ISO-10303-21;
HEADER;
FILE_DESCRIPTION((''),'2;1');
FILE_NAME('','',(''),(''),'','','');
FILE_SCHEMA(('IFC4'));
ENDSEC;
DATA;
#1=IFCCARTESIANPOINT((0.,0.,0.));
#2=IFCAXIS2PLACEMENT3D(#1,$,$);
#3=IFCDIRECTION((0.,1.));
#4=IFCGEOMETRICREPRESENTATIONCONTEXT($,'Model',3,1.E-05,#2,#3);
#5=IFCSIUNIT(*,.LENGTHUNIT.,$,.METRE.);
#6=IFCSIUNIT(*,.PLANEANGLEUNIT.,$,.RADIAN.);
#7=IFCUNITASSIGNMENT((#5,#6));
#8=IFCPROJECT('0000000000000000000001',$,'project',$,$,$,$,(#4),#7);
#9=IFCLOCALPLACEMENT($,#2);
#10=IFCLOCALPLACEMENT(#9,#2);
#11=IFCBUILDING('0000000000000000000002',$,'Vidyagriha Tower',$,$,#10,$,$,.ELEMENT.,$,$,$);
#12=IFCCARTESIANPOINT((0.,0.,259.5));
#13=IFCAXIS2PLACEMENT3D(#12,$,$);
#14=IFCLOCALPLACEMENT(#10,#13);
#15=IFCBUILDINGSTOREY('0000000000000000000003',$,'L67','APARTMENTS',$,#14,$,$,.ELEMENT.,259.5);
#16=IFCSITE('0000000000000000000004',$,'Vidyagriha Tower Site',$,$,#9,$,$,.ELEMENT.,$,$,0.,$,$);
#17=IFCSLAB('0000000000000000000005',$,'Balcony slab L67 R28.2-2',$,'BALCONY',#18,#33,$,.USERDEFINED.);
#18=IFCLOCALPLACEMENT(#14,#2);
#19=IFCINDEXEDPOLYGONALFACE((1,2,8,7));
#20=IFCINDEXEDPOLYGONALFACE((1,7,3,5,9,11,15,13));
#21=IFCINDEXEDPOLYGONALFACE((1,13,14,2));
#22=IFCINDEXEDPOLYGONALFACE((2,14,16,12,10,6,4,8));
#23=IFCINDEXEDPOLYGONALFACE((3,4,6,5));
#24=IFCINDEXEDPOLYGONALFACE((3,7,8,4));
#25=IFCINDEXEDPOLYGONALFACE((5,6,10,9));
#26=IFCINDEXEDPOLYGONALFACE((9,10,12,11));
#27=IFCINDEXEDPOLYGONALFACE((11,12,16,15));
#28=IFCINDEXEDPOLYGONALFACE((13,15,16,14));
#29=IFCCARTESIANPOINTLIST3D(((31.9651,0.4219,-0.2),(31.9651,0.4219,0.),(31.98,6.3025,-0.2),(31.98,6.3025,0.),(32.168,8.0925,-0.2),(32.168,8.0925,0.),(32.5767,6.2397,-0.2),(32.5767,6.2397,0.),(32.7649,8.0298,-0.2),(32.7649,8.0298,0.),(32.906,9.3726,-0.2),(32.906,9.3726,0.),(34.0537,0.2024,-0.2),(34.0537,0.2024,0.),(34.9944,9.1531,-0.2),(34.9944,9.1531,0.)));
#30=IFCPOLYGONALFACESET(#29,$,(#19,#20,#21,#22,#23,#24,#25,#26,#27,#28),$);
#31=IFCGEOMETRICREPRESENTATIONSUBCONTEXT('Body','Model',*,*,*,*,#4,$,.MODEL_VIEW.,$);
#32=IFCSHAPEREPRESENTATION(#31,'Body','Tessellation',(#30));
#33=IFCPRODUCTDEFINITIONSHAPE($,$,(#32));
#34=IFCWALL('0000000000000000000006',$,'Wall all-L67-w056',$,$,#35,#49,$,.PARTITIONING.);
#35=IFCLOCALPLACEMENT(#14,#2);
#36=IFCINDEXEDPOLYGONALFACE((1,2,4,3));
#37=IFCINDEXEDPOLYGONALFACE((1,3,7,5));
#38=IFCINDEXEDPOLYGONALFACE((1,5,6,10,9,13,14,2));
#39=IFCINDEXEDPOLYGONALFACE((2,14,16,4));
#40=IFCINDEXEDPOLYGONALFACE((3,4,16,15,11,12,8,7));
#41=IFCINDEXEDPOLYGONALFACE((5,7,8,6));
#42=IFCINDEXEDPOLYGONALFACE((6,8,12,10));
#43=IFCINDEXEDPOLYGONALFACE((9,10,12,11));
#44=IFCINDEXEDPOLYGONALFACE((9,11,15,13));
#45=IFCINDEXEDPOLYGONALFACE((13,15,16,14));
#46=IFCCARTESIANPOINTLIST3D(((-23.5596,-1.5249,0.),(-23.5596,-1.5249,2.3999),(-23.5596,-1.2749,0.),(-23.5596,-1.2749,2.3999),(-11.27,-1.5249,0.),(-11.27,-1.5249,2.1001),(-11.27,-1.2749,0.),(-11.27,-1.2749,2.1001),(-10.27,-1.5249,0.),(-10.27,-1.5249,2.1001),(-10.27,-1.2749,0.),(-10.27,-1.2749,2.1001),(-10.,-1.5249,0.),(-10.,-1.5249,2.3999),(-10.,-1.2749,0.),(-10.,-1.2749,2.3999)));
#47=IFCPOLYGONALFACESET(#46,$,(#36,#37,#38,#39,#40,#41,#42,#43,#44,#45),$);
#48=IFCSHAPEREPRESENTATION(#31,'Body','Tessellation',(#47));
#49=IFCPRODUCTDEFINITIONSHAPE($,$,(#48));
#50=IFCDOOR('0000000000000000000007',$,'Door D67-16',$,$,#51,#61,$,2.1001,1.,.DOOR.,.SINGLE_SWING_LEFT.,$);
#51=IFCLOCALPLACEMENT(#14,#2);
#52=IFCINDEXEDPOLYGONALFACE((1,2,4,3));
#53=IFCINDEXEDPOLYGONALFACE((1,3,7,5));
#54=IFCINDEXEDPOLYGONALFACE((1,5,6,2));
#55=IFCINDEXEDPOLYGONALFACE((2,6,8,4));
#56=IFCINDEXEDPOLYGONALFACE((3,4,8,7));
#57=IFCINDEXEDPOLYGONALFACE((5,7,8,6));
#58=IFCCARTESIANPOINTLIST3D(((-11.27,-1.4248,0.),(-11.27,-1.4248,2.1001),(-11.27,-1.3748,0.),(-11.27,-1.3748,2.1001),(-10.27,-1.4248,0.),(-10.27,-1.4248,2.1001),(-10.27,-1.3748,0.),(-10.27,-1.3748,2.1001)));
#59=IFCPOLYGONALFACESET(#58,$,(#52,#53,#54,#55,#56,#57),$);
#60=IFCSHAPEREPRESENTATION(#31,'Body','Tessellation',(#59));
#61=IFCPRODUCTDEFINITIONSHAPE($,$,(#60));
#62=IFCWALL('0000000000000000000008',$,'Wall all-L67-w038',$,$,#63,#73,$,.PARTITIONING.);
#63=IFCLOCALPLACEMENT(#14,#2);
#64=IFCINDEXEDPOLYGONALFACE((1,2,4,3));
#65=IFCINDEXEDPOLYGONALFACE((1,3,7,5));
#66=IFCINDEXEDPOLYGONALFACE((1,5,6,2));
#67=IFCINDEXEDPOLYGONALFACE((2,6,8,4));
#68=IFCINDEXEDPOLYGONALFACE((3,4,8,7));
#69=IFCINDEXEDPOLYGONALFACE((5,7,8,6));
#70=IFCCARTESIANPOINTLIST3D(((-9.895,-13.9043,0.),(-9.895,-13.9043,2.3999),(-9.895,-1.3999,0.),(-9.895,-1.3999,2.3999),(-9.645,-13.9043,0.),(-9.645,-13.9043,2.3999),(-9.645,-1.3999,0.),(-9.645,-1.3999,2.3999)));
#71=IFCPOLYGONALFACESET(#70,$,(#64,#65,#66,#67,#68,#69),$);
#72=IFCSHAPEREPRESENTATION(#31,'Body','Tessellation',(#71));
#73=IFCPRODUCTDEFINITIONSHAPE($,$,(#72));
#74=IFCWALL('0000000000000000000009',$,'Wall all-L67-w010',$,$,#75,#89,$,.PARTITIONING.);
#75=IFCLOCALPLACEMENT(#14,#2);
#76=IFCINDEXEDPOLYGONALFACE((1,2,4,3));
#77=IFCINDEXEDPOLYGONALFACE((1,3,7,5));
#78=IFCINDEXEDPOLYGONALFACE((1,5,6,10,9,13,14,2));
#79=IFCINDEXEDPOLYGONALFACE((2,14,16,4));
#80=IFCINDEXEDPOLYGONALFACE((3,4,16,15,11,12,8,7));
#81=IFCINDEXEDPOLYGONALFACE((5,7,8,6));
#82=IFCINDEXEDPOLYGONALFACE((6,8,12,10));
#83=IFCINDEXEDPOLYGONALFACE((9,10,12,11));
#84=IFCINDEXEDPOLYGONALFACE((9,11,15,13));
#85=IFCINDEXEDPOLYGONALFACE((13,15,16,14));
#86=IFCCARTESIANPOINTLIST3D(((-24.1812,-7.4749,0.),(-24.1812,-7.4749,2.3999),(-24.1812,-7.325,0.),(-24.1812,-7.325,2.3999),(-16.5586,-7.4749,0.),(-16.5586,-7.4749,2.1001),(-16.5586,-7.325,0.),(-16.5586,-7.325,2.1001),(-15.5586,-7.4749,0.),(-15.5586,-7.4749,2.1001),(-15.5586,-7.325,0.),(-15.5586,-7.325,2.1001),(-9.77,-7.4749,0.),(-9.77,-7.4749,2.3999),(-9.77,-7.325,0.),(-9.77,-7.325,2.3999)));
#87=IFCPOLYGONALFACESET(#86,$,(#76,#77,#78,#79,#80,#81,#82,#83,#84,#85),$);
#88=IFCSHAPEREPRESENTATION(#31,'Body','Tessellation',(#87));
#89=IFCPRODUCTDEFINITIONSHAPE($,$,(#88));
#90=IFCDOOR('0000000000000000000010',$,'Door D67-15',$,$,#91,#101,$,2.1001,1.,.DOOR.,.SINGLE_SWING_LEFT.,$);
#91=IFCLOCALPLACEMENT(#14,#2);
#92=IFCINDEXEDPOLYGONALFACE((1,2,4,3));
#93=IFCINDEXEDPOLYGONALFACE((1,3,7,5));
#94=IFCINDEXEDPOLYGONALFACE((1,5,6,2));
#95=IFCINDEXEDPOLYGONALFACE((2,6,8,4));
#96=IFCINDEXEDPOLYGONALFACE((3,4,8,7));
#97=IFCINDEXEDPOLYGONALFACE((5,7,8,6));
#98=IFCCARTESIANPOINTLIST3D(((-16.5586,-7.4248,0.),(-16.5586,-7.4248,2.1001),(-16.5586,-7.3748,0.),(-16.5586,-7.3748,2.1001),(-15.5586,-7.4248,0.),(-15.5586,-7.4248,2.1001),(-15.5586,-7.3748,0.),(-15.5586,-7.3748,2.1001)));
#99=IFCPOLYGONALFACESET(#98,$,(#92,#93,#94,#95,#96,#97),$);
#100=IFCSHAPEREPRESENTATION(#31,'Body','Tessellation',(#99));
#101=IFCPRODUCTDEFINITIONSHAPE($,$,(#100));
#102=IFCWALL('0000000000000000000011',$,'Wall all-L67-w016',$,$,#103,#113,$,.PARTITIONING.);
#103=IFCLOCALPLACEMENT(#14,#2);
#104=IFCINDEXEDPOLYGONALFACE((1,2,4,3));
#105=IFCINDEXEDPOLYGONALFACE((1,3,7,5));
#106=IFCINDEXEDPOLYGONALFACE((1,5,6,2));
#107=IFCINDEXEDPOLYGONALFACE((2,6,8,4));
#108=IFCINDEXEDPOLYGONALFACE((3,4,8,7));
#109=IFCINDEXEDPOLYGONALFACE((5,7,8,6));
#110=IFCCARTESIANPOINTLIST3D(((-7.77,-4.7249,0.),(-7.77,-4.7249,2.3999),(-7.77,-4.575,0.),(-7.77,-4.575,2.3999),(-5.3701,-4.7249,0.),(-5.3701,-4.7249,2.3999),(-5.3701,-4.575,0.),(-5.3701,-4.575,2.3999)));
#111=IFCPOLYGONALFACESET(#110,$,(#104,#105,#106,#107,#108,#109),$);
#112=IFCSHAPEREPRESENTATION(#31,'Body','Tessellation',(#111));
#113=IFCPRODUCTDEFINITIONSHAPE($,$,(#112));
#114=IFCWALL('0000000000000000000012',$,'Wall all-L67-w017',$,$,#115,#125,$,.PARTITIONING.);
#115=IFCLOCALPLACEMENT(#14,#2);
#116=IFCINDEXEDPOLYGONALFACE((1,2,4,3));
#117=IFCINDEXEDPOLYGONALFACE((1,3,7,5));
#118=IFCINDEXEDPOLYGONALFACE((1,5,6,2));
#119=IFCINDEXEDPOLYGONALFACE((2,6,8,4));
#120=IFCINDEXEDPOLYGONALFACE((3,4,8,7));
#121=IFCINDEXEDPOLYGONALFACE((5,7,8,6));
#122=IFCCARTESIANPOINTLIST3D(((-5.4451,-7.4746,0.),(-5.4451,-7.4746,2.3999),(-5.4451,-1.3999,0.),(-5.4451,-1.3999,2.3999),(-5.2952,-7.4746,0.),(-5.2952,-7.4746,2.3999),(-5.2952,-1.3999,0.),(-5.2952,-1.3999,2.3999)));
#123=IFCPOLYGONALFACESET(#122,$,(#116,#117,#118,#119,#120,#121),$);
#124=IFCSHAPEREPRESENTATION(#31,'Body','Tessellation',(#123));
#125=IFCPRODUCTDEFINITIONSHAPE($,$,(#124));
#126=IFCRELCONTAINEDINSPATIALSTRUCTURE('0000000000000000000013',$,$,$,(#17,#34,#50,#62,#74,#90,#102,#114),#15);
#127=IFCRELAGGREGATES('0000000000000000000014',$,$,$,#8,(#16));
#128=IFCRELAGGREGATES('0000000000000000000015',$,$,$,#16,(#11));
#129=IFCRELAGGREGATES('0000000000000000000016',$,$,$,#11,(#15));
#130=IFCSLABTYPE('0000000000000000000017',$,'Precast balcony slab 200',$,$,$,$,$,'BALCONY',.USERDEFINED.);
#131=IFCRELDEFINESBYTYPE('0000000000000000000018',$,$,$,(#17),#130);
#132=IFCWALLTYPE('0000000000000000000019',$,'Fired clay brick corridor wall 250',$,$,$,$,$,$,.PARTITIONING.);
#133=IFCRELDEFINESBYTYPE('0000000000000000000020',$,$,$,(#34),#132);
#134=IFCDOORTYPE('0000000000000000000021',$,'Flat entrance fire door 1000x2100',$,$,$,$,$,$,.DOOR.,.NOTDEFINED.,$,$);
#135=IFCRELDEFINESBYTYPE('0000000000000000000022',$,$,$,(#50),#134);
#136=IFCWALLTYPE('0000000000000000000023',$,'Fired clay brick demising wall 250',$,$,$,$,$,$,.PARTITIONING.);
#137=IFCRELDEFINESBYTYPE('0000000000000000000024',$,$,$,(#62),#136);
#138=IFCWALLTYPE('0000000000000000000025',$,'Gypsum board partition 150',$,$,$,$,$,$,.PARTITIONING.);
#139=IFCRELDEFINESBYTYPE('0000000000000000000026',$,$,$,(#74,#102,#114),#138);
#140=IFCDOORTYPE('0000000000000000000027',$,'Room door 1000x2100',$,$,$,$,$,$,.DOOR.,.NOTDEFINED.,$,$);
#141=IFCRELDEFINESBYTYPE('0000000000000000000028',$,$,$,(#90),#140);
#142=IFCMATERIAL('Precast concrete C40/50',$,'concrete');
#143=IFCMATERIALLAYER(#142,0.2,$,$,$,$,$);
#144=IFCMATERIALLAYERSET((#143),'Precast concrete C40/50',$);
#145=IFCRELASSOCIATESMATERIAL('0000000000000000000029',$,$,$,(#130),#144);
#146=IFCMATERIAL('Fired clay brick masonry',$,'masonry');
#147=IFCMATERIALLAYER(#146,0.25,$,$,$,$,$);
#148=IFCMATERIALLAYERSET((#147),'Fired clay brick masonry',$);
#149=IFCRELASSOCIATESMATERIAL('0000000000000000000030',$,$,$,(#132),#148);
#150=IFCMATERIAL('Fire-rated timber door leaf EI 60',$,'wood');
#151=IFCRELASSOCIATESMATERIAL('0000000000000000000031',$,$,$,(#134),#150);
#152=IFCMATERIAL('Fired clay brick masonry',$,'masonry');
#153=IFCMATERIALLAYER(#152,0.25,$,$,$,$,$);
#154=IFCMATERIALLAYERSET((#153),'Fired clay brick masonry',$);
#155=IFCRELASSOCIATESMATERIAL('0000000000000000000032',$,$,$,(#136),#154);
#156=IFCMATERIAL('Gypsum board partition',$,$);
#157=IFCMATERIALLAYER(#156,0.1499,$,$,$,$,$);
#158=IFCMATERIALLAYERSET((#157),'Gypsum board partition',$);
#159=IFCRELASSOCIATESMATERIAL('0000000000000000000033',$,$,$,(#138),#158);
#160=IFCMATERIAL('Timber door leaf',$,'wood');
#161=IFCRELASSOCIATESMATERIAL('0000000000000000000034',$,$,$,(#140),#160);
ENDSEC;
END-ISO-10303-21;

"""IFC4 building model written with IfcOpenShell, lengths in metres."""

from ifc_helpers import new_model, si_unit, direction, frame, frame_2d, origin, place, context, subcontext, project, spatial, polyline, rectangle, outline, extrude, material, layer, layer_set, type_object, element, fill, save


model = new_model("IFC4")

# Units and contexts
model_context = context("Model", 3, precision=1e-05, world=origin(), true_north=direction((0.0, 1.0)))
body_context = subcontext(model_context, "Body", "Model", "MODEL_VIEW")
ifc_project = project(units=[si_unit("LENGTHUNIT", "METRE"), si_unit("PLANEANGLEUNIT", "RADIAN")], contexts=[model_context])

# Site, building, storey
site_placement = place(None, origin())
site = spatial("IfcSite", under=ifc_project, at=site_placement, Name="Vidyagriha Tower Site", CompositionType="ELEMENT", RefElevation=0.0)
building_placement = place(site_placement, origin())
building = spatial("IfcBuilding", under=site, at=building_placement, Name="Vidyagriha Tower", CompositionType="ELEMENT")
storey_placement = place(building_placement, frame((0.0, 0.0, 259.5)))
storey = spatial("IfcBuildingStorey", under=building, at=storey_placement, Name="L67", Description="APARTMENTS", CompositionType="ELEMENT", Elevation=259.5)

# Slab
ifc_material_1 = material(Name="Precast concrete C40/50", Category="concrete")
ifc_layer_1 = layer(ifc_material_1, 0.2)
ifc_layer_set_1 = layer_set([ifc_layer_1], Name="Precast concrete C40/50")
slab_type_1 = type_object("IfcSlabType", Name="Precast balcony slab 200", ElementType="BALCONY", PredefinedType="USERDEFINED", material=ifc_layer_set_1)
slab_1_placement = place(storey_placement, frame((0.0, 0.0, -0.2)))
element("IfcSlab", 1, at=slab_1_placement, inside=storey, type_object=slab_type_1, Name="Balcony slab L67 R28.2-2", ObjectType="BALCONY", PredefinedType="USERDEFINED", context=body_context, shape_type="SweptSolid", body=[
    extrude(outline(polyline([(32.5767, 6.2397), (31.9651, 0.4219), (34.0537, 0.2024), (34.9944, 9.1531), (32.906, 9.3726), (32.7649, 8.0298), (32.168, 8.0925), (31.98, 6.3025), (32.5767, 6.2397)])), origin(), (0.0, 0.0, 1.0), 0.2),
])

# Wall, opening, door
ifc_material_2 = material(Name="Fired clay brick masonry", Category="masonry")
ifc_layer_2 = layer(ifc_material_2, 0.25)
ifc_layer_set_2 = layer_set([ifc_layer_2], Name="Fired clay brick masonry")
wall_type_1 = type_object("IfcWallType", Name="Fired clay brick corridor wall 250", PredefinedType="PARTITIONING", material=ifc_layer_set_2)
wall_1_placement = place(storey_placement, frame((-10.0, -1.3999, 0.0), z_axis=(0.0, 0.0, 1.0), x_axis=(-1.0, 0.0, 0.0)))
wall_1 = element("IfcWall", 2, at=wall_1_placement, inside=storey, type_object=wall_type_1, Name="Wall all-L67-w056", PredefinedType="PARTITIONING", context=body_context, shape_type="SweptSolid", body=[
    extrude(rectangle(XDim=13.5596, YDim=0.25, at=frame_2d((6.7798, 0.0))), origin(), (0.0, 0.0, 1.0), 2.3999),
])
opening_1_placement = place(wall_1_placement, frame((0.27, 0.0, 0.0)))
opening_1 = element("IfcOpeningElement", 3, at=opening_1_placement, cuts=wall_1, PredefinedType="OPENING", context=body_context, shape_type="SweptSolid", body=[
    extrude(rectangle(XDim=1.0, YDim=2.1001, at=frame_2d((0.5, 1.05))), frame((0.0, 0.135, 0.0), z_axis=(0.0, -1.0, 0.0), x_axis=(1.0, 0.0, 0.0)), (0.0, 0.0, 1.0), 0.27),
])
ifc_material_3 = material(Name="Fire-rated timber door leaf EI 60", Category="wood")
door_type_1 = type_object("IfcDoorType", Name="Flat entrance fire door 1000x2100", OperationType="NOTDEFINED", PredefinedType="DOOR", material=ifc_material_3)
door_1_placement = place(opening_1_placement, origin())
door_1 = element("IfcDoor", 4, at=door_1_placement, inside=storey, type_object=door_type_1, Name="Door D67-16", OperationType="SINGLE_SWING_LEFT", OverallHeight=2.1001, OverallWidth=1.0, PredefinedType="DOOR", context=body_context, shape_type="SweptSolid", body=[
    extrude(rectangle(XDim=1.0, YDim=2.1001, at=frame_2d((0.5, 1.05))), frame((0.0, 0.0249, 0.0), z_axis=(0.0, -1.0, 0.0), x_axis=(1.0, 0.0, 0.0)), (0.0, 0.0, 1.0), 0.05),
])
fill(opening_1, door_1)

# Wall
ifc_material_4 = material(Name="Fired clay brick masonry", Category="masonry")
ifc_layer_3 = layer(ifc_material_4, 0.25)
ifc_layer_set_3 = layer_set([ifc_layer_3], Name="Fired clay brick masonry")
wall_type_2 = type_object("IfcWallType", Name="Fired clay brick demising wall 250", PredefinedType="PARTITIONING", material=ifc_layer_set_3)
wall_2_placement = place(storey_placement, frame((-9.77, -1.3999, 0.0), z_axis=(0.0, 0.0, 1.0), x_axis=(0.0, -1.0, 0.0)))
element("IfcWall", 5, at=wall_2_placement, inside=storey, type_object=wall_type_2, Name="Wall all-L67-w038", PredefinedType="PARTITIONING", context=body_context, shape_type="SweptSolid", body=[
    extrude(rectangle(XDim=12.5044, YDim=0.25, at=frame_2d((6.2522, 0.0))), origin(), (0.0, 0.0, 1.0), 2.3999),
])

# Wall, opening, door
ifc_material_5 = material(Name="Gypsum board partition")
ifc_layer_4 = layer(ifc_material_5, 0.1499)
ifc_layer_set_4 = layer_set([ifc_layer_4], Name="Gypsum board partition")
wall_type_3 = type_object("IfcWallType", Name="Gypsum board partition 150", PredefinedType="PARTITIONING", material=ifc_layer_set_4)
wall_3_placement = place(storey_placement, frame((-9.77, -7.3999, 0.0), z_axis=(0.0, 0.0, 1.0), x_axis=(-1.0, 0.0, 0.0)))
wall_3 = element("IfcWall", 6, at=wall_3_placement, inside=storey, type_object=wall_type_3, Name="Wall all-L67-w010", PredefinedType="PARTITIONING", context=body_context, shape_type="SweptSolid", body=[
    extrude(rectangle(XDim=14.4111, YDim=0.1499, at=frame_2d((7.2056, 0.0))), origin(), (0.0, 0.0, 1.0), 2.3999),
])
opening_2_placement = place(wall_3_placement, frame((5.7886, 0.0, 0.0)))
opening_2 = element("IfcOpeningElement", 7, at=opening_2_placement, cuts=wall_3, PredefinedType="OPENING", context=body_context, shape_type="SweptSolid", body=[
    extrude(rectangle(XDim=1.0, YDim=2.1001, at=frame_2d((0.5, 1.05))), frame((0.0, 0.085, 0.0), z_axis=(0.0, -1.0, 0.0), x_axis=(1.0, 0.0, 0.0)), (0.0, 0.0, 1.0), 0.1699),
])
ifc_material_6 = material(Name="Timber door leaf", Category="wood")
door_type_2 = type_object("IfcDoorType", Name="Room door 1000x2100", OperationType="NOTDEFINED", PredefinedType="DOOR", material=ifc_material_6)
door_2_placement = place(opening_2_placement, origin())
door_2 = element("IfcDoor", 8, at=door_2_placement, inside=storey, type_object=door_type_2, Name="Door D67-15", OperationType="SINGLE_SWING_LEFT", OverallHeight=2.1001, OverallWidth=1.0, PredefinedType="DOOR", context=body_context, shape_type="SweptSolid", body=[
    extrude(rectangle(XDim=1.0, YDim=2.1001, at=frame_2d((0.5, 1.05))), frame((0.0, 0.0249, 0.0), z_axis=(0.0, -1.0, 0.0), x_axis=(1.0, 0.0, 0.0)), (0.0, 0.0, 1.0), 0.05),
])
fill(opening_2, door_2)

# Walls
wall_4_placement = place(storey_placement, frame((-5.3701, -4.6499, 0.0), z_axis=(0.0, 0.0, 1.0), x_axis=(-1.0, 0.0, 0.0)))
element("IfcWall", 9, at=wall_4_placement, inside=storey, type_object=wall_type_3, Name="Wall all-L67-w016", PredefinedType="PARTITIONING", context=body_context, shape_type="SweptSolid", body=[
    extrude(rectangle(XDim=2.3999, YDim=0.1499, at=frame_2d((1.2, 0.0))), origin(), (0.0, 0.0, 1.0), 2.3999),
])
wall_5_placement = place(storey_placement, frame((-5.3701, -1.3999, 0.0), z_axis=(0.0, 0.0, 1.0), x_axis=(0.0, -1.0, 0.0)))
element("IfcWall", 10, at=wall_5_placement, inside=storey, type_object=wall_type_3, Name="Wall all-L67-w017", PredefinedType="PARTITIONING", context=body_context, shape_type="SweptSolid", body=[
    extrude(rectangle(XDim=6.0747, YDim=0.1499, at=frame_2d((3.0374, 0.0))), origin(), (0.0, 0.0, 1.0), 2.3999),
])

save(model, "model.ifc")
